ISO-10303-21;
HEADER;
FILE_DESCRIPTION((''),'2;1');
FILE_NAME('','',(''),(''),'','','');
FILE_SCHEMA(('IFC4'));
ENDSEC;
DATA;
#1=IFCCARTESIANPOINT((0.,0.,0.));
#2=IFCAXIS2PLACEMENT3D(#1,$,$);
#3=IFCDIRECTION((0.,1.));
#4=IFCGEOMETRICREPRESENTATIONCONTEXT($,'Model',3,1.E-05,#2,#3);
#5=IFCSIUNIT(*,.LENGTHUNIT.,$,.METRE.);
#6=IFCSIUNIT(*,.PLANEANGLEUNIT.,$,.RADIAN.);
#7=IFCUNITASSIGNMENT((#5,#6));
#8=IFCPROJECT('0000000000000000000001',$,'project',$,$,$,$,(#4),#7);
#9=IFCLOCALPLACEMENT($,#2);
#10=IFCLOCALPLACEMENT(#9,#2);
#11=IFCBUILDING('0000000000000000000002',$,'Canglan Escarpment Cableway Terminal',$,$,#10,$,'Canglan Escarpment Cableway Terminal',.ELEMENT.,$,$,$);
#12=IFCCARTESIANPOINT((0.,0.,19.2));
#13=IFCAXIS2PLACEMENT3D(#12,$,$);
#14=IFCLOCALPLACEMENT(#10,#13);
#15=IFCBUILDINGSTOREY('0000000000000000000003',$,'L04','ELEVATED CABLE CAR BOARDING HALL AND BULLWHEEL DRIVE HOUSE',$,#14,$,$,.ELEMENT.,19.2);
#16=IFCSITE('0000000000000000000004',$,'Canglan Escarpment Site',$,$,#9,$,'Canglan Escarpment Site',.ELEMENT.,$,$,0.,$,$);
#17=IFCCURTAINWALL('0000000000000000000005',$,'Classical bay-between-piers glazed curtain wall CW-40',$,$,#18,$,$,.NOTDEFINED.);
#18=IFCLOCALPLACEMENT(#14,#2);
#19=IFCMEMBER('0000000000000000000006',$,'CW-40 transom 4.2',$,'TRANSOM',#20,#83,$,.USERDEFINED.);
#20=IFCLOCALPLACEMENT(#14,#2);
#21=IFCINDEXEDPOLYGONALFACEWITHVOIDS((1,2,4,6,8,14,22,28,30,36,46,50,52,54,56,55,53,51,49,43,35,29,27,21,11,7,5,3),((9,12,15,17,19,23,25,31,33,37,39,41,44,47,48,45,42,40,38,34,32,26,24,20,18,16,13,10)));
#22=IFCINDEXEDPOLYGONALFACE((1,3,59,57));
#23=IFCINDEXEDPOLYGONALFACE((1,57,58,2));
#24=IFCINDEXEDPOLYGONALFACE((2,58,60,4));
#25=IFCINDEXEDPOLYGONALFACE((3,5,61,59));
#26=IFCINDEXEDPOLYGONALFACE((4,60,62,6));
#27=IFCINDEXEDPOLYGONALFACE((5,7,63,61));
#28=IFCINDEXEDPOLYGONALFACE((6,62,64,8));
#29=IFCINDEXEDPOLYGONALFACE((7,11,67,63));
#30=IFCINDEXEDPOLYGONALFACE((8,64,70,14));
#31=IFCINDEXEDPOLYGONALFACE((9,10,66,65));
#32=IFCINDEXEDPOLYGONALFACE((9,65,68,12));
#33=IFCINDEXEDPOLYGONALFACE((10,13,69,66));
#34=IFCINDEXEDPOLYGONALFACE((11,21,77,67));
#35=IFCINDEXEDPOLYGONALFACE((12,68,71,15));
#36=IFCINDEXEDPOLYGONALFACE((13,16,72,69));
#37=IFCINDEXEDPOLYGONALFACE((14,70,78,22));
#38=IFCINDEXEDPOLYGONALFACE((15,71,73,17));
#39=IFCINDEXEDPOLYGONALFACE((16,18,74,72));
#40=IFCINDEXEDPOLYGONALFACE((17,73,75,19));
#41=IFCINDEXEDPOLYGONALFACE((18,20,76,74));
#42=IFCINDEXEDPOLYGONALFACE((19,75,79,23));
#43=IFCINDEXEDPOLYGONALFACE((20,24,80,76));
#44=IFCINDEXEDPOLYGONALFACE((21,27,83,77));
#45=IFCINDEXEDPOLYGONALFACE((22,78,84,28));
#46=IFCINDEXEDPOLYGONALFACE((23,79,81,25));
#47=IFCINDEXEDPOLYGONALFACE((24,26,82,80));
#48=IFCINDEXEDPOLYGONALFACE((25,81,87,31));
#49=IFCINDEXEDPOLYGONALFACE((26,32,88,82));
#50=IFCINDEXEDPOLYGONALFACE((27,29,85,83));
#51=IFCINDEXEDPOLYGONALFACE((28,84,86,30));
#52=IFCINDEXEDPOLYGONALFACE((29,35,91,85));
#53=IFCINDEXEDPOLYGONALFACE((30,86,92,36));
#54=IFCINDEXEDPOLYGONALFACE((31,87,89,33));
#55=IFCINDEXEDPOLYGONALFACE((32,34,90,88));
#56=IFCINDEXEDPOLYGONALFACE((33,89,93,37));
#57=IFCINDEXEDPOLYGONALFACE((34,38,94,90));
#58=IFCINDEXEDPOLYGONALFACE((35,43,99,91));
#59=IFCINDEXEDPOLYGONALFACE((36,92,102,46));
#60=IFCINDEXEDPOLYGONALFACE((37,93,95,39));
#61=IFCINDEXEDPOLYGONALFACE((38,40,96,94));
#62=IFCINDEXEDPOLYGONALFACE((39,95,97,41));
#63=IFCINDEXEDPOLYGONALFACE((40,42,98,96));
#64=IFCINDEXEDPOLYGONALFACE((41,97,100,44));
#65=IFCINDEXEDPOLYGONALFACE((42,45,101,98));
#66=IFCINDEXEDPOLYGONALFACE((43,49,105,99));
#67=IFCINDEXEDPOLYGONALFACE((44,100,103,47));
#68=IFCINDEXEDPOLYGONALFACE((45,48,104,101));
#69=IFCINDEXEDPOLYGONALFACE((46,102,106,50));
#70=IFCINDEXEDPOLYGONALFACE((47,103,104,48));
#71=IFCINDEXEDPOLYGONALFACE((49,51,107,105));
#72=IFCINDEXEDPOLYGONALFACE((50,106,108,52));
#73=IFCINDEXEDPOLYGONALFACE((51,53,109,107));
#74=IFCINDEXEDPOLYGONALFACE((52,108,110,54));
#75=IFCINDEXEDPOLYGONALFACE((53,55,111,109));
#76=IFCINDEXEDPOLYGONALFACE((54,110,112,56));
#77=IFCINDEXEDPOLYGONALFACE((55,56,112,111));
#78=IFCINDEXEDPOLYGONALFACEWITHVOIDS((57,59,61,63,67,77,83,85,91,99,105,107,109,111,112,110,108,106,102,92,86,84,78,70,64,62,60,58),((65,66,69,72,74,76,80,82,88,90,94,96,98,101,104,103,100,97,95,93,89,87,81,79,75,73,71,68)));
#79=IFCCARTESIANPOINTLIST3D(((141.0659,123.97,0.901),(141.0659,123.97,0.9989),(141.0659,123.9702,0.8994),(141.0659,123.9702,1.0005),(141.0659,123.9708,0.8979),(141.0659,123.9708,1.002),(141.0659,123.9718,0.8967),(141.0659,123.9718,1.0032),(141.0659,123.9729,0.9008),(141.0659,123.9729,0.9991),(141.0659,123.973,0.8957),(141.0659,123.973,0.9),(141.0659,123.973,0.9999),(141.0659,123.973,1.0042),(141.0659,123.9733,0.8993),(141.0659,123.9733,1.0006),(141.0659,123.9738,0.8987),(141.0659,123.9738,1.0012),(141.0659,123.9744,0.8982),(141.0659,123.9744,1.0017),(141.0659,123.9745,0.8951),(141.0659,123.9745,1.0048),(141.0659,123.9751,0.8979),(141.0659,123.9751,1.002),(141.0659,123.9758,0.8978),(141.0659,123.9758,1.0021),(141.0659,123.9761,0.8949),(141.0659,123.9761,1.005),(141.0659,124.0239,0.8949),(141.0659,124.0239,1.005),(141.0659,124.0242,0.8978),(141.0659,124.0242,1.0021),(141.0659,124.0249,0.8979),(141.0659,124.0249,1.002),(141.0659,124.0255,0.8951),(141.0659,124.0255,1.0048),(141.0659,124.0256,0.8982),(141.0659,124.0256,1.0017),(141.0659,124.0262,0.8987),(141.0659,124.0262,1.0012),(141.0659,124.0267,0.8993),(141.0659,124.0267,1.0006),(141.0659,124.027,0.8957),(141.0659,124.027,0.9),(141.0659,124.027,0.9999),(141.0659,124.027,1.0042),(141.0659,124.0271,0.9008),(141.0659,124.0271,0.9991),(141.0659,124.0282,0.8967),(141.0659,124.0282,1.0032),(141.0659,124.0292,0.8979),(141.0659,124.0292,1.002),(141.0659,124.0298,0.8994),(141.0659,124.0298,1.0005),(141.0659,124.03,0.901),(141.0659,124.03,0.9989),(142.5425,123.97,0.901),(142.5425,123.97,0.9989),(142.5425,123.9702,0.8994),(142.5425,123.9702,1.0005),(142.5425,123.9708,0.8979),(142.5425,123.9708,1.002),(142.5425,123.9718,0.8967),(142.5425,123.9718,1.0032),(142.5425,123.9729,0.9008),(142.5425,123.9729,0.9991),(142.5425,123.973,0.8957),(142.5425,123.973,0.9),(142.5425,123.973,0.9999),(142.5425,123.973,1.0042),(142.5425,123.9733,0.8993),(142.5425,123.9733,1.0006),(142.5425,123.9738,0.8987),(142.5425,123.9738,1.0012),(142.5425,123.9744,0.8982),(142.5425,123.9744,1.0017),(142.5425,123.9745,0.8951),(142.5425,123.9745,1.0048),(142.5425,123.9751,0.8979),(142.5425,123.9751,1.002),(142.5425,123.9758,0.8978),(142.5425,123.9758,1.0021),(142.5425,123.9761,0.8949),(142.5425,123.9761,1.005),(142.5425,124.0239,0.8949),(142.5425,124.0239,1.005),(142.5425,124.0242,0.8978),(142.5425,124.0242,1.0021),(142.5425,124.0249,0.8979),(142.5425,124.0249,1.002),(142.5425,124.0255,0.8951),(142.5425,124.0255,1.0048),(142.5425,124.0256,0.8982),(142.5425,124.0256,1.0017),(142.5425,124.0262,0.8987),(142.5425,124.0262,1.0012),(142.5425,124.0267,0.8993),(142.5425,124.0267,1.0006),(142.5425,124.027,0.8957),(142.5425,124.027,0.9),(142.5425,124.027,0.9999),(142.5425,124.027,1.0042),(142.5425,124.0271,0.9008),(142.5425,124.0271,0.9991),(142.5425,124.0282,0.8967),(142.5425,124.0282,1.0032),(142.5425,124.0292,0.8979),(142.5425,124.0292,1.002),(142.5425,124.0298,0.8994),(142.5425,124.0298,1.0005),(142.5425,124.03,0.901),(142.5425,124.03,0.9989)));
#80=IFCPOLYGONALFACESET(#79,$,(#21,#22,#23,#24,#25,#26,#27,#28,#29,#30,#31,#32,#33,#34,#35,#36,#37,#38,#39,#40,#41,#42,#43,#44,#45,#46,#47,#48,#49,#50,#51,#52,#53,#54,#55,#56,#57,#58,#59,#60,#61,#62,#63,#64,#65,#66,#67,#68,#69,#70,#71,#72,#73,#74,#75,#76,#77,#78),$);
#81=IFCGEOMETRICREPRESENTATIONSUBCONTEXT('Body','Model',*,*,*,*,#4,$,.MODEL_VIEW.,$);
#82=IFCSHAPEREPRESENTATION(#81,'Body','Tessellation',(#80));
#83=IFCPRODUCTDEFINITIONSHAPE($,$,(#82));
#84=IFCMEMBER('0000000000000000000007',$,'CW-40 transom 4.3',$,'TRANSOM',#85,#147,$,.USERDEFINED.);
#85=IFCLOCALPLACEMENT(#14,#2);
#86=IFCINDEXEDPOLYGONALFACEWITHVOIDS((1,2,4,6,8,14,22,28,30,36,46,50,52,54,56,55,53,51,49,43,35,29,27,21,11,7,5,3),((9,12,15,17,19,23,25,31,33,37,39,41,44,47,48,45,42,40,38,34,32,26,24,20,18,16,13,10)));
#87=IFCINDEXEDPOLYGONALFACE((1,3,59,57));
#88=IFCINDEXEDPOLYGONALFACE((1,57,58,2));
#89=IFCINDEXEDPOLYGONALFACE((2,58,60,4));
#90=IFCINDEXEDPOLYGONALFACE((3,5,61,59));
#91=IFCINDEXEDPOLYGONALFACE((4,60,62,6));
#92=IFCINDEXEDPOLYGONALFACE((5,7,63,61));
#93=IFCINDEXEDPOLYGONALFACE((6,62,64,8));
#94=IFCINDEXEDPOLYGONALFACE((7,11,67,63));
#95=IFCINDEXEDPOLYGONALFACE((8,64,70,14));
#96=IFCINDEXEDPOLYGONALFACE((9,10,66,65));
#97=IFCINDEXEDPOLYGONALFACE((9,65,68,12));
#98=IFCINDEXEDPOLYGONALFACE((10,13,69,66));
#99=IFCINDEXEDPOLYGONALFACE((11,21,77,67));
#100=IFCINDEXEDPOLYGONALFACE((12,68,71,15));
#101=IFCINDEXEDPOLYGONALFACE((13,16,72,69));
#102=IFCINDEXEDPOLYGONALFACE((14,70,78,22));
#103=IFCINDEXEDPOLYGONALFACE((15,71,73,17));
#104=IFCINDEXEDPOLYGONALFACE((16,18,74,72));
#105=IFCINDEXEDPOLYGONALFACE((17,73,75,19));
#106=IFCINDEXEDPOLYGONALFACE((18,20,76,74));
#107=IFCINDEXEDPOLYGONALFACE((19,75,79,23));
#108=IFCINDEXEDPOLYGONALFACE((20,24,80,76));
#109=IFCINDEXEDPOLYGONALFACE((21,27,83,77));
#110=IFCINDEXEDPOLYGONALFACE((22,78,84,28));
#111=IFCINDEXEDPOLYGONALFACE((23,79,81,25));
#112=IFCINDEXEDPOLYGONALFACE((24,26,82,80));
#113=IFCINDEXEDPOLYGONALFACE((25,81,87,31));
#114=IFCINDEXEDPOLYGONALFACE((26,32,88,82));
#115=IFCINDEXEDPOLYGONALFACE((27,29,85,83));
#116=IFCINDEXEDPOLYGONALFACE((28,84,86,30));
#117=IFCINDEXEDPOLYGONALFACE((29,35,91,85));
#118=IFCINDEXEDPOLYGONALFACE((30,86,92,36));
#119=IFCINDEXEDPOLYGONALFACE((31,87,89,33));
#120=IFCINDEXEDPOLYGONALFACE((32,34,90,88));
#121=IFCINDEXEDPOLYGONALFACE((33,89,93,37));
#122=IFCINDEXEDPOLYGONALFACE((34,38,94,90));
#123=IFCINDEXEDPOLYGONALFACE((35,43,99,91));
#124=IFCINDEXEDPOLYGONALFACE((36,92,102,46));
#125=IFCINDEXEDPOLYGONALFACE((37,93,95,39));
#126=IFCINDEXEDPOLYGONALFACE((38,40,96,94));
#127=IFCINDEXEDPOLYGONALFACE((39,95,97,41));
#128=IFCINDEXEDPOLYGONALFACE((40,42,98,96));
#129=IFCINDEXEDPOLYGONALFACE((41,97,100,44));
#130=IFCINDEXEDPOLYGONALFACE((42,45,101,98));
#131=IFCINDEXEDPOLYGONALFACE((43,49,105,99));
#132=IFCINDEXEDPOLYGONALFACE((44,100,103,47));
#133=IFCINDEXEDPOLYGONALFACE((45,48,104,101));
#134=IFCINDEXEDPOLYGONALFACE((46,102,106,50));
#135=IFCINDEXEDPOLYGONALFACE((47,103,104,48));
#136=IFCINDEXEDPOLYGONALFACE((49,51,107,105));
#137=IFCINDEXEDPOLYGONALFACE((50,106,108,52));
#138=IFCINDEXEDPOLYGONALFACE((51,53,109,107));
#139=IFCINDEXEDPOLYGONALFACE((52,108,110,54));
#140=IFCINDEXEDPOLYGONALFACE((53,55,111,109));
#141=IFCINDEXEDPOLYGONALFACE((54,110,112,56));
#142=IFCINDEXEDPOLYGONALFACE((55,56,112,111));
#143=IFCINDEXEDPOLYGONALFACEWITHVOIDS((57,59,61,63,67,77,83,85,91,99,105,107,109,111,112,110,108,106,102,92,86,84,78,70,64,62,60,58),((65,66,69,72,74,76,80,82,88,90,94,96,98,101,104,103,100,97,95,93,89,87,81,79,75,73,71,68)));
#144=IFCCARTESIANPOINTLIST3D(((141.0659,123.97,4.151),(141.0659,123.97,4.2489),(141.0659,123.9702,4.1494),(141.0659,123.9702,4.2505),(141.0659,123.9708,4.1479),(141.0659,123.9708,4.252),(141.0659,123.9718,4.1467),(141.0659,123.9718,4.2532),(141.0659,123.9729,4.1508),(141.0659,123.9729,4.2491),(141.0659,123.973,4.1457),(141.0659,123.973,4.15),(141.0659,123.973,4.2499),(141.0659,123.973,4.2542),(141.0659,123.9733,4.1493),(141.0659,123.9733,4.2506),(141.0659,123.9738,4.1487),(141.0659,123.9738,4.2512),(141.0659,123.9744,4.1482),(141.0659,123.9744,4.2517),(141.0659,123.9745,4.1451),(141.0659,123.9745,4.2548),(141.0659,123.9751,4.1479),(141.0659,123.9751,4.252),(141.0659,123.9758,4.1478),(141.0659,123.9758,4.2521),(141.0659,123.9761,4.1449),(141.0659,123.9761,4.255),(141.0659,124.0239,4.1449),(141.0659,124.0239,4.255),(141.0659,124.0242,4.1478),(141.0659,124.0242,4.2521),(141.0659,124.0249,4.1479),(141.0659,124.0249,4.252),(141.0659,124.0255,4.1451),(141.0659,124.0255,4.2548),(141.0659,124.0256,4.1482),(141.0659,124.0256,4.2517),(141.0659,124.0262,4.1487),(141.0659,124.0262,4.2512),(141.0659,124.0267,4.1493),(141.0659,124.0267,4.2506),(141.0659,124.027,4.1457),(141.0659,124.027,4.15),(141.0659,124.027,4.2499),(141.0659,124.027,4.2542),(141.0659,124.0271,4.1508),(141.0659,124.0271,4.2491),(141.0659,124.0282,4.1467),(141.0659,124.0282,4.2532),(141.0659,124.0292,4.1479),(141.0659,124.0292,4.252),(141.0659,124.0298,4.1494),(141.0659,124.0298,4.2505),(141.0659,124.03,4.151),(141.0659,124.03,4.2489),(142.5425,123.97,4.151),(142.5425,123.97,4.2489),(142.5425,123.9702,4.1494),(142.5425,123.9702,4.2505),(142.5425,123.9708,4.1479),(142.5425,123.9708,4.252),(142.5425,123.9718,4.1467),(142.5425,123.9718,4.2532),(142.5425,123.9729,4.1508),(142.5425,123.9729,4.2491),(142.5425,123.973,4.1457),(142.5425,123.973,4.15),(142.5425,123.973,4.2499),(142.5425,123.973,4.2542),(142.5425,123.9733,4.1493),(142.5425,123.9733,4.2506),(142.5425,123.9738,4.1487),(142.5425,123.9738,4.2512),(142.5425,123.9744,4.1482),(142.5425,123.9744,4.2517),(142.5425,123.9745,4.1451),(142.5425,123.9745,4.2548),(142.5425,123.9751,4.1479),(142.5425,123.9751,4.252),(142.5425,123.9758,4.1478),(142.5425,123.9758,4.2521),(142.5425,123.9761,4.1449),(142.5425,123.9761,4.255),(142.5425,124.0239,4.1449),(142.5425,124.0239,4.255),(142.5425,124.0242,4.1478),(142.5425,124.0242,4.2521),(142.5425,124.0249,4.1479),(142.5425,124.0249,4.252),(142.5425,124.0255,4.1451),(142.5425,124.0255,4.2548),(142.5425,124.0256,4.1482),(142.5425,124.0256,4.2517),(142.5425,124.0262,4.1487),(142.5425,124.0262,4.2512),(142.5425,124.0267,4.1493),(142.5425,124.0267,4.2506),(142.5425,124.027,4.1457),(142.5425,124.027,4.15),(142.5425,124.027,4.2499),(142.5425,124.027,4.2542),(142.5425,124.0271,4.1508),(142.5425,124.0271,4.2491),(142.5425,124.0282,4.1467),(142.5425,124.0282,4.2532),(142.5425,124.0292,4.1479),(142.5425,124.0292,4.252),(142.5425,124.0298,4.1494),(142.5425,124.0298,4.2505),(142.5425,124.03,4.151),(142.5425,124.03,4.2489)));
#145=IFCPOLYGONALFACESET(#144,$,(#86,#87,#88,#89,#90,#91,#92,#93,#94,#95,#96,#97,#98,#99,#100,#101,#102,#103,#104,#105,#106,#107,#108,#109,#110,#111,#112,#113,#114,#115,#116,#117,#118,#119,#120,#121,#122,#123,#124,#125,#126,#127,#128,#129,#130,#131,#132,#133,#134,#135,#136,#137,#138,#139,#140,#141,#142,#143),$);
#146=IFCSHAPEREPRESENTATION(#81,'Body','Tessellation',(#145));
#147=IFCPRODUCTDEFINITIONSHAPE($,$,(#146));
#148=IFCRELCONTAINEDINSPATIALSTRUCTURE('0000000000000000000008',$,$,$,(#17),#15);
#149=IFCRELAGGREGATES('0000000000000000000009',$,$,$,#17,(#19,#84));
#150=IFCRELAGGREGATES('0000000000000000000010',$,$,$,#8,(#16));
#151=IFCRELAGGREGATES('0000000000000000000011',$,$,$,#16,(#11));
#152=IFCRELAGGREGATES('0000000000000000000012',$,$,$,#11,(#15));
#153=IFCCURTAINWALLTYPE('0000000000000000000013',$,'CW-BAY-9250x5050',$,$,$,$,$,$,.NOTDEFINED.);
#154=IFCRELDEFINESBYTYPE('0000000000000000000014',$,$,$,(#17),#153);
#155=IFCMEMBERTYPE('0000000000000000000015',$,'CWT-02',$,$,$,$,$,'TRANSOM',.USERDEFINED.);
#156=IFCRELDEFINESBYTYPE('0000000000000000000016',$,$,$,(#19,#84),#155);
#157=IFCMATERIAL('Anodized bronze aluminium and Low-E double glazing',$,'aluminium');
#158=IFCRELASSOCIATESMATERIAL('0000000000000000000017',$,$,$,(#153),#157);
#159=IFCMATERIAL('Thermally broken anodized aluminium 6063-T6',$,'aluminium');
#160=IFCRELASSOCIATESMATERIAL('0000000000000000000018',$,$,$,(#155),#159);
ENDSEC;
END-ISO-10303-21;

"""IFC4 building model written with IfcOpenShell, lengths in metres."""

from ifc_helpers import new_model, si_unit, direction, frame, origin, origin_2d, place, context, subcontext, project, spatial, hollow_rectangle, extrude, material, material_profile, profile_set, type_object, element, aggregate, save


model = new_model("IFC4")

# Units and contexts
model_context = context("Model", 3, precision=1e-05, world=origin(), true_north=direction((0.0, 1.0)))
body_context = subcontext(model_context, "Body", "Model", "MODEL_VIEW")
ifc_project = project(units=[si_unit("LENGTHUNIT", "METRE"), si_unit("PLANEANGLEUNIT", "RADIAN")], contexts=[model_context])

# Site, building, storey
site_placement = place(None, origin())
site = spatial("IfcSite", under=ifc_project, at=site_placement, Name="Canglan Escarpment Site", LongName="Canglan Escarpment Site", CompositionType="ELEMENT", RefElevation=0.0)
building_placement = place(site_placement, origin())
building = spatial("IfcBuilding", under=site, at=building_placement, Name="Canglan Escarpment Cableway Terminal", LongName="Canglan Escarpment Cableway Terminal", CompositionType="ELEMENT")
storey_placement = place(building_placement, frame((0.0, 0.0, 19.2)))
storey = spatial("IfcBuildingStorey", under=building, at=storey_placement, Name="L04", Description="ELEVATED CABLE CAR BOARDING HALL AND BULLWHEEL DRIVE HOUSE", CompositionType="ELEMENT", Elevation=19.2)

# Curtain wall, members
ifc_material_1 = material(Name="Anodized bronze aluminium and Low-E double glazing", Category="aluminium")
curtain_wall_type = type_object("IfcCurtainWallType", Name="CW-BAY-9250x5050", PredefinedType="NOTDEFINED", material=ifc_material_1)
curtain_wall_placement = place(storey_placement, origin())
curtain_wall = element("IfcCurtainWall", 1, at=curtain_wall_placement, inside=storey, type_object=curtain_wall_type, Name="Classical bay-between-piers glazed curtain wall CW-40", PredefinedType="NOTDEFINED")
ifc_material_2 = material(Name="Thermally broken anodized aluminium 6063-T6", Category="aluminium")
ifc_material_profile_1 = material_profile(ifc_material_2, hollow_rectangle(XDim=0.0601, YDim=0.1101, WallThickness=0.0029, InnerFilletRadius=0.0029, OuterFilletRadius=0.0061, at=origin_2d()), Name="ALU-TRAN 60x110x3")
ifc_profile_set_1 = profile_set([ifc_material_profile_1], Name="Thermally broken anodized aluminium 6063-T6")
member_type_1 = type_object("IfcMemberType", Name="CWT-02", ElementType="TRANSOM", PredefinedType="USERDEFINED", material=ifc_profile_set_1)
member_1_placement = place(storey_placement, frame((142.5425, 124.0, 0.95), z_axis=(-1.0, 0.0, 0.0), x_axis=(0.0, -1.0, 0.0)))
member_1 = element("IfcMember", 2, at=member_1_placement, type_object=member_type_1, Name="CW-40 transom 4.2", ObjectType="TRANSOM", PredefinedType="USERDEFINED", context=body_context, shape_type="SweptSolid", body=[
    extrude(hollow_rectangle(XDim=0.0601, YDim=0.1101, WallThickness=0.0029, InnerFilletRadius=0.0029, OuterFilletRadius=0.0061, at=origin_2d()), origin(), (0.0, 0.0, 1.0), 1.4766),
])
member_2_placement = place(storey_placement, frame((142.5425, 124.0, 4.2), z_axis=(-1.0, 0.0, 0.0), x_axis=(0.0, -1.0, 0.0)))
member_2 = element("IfcMember", 3, at=member_2_placement, type_object=member_type_1, Name="CW-40 transom 4.3", ObjectType="TRANSOM", PredefinedType="USERDEFINED", context=body_context, shape_type="SweptSolid", body=[
    extrude(hollow_rectangle(XDim=0.0601, YDim=0.1101, WallThickness=0.0029, InnerFilletRadius=0.0029, OuterFilletRadius=0.0061, at=origin_2d()), origin(), (0.0, 0.0, 1.0), 1.4766),
])
aggregate(curtain_wall, [member_1, member_2])

save(model, "model.ifc")
